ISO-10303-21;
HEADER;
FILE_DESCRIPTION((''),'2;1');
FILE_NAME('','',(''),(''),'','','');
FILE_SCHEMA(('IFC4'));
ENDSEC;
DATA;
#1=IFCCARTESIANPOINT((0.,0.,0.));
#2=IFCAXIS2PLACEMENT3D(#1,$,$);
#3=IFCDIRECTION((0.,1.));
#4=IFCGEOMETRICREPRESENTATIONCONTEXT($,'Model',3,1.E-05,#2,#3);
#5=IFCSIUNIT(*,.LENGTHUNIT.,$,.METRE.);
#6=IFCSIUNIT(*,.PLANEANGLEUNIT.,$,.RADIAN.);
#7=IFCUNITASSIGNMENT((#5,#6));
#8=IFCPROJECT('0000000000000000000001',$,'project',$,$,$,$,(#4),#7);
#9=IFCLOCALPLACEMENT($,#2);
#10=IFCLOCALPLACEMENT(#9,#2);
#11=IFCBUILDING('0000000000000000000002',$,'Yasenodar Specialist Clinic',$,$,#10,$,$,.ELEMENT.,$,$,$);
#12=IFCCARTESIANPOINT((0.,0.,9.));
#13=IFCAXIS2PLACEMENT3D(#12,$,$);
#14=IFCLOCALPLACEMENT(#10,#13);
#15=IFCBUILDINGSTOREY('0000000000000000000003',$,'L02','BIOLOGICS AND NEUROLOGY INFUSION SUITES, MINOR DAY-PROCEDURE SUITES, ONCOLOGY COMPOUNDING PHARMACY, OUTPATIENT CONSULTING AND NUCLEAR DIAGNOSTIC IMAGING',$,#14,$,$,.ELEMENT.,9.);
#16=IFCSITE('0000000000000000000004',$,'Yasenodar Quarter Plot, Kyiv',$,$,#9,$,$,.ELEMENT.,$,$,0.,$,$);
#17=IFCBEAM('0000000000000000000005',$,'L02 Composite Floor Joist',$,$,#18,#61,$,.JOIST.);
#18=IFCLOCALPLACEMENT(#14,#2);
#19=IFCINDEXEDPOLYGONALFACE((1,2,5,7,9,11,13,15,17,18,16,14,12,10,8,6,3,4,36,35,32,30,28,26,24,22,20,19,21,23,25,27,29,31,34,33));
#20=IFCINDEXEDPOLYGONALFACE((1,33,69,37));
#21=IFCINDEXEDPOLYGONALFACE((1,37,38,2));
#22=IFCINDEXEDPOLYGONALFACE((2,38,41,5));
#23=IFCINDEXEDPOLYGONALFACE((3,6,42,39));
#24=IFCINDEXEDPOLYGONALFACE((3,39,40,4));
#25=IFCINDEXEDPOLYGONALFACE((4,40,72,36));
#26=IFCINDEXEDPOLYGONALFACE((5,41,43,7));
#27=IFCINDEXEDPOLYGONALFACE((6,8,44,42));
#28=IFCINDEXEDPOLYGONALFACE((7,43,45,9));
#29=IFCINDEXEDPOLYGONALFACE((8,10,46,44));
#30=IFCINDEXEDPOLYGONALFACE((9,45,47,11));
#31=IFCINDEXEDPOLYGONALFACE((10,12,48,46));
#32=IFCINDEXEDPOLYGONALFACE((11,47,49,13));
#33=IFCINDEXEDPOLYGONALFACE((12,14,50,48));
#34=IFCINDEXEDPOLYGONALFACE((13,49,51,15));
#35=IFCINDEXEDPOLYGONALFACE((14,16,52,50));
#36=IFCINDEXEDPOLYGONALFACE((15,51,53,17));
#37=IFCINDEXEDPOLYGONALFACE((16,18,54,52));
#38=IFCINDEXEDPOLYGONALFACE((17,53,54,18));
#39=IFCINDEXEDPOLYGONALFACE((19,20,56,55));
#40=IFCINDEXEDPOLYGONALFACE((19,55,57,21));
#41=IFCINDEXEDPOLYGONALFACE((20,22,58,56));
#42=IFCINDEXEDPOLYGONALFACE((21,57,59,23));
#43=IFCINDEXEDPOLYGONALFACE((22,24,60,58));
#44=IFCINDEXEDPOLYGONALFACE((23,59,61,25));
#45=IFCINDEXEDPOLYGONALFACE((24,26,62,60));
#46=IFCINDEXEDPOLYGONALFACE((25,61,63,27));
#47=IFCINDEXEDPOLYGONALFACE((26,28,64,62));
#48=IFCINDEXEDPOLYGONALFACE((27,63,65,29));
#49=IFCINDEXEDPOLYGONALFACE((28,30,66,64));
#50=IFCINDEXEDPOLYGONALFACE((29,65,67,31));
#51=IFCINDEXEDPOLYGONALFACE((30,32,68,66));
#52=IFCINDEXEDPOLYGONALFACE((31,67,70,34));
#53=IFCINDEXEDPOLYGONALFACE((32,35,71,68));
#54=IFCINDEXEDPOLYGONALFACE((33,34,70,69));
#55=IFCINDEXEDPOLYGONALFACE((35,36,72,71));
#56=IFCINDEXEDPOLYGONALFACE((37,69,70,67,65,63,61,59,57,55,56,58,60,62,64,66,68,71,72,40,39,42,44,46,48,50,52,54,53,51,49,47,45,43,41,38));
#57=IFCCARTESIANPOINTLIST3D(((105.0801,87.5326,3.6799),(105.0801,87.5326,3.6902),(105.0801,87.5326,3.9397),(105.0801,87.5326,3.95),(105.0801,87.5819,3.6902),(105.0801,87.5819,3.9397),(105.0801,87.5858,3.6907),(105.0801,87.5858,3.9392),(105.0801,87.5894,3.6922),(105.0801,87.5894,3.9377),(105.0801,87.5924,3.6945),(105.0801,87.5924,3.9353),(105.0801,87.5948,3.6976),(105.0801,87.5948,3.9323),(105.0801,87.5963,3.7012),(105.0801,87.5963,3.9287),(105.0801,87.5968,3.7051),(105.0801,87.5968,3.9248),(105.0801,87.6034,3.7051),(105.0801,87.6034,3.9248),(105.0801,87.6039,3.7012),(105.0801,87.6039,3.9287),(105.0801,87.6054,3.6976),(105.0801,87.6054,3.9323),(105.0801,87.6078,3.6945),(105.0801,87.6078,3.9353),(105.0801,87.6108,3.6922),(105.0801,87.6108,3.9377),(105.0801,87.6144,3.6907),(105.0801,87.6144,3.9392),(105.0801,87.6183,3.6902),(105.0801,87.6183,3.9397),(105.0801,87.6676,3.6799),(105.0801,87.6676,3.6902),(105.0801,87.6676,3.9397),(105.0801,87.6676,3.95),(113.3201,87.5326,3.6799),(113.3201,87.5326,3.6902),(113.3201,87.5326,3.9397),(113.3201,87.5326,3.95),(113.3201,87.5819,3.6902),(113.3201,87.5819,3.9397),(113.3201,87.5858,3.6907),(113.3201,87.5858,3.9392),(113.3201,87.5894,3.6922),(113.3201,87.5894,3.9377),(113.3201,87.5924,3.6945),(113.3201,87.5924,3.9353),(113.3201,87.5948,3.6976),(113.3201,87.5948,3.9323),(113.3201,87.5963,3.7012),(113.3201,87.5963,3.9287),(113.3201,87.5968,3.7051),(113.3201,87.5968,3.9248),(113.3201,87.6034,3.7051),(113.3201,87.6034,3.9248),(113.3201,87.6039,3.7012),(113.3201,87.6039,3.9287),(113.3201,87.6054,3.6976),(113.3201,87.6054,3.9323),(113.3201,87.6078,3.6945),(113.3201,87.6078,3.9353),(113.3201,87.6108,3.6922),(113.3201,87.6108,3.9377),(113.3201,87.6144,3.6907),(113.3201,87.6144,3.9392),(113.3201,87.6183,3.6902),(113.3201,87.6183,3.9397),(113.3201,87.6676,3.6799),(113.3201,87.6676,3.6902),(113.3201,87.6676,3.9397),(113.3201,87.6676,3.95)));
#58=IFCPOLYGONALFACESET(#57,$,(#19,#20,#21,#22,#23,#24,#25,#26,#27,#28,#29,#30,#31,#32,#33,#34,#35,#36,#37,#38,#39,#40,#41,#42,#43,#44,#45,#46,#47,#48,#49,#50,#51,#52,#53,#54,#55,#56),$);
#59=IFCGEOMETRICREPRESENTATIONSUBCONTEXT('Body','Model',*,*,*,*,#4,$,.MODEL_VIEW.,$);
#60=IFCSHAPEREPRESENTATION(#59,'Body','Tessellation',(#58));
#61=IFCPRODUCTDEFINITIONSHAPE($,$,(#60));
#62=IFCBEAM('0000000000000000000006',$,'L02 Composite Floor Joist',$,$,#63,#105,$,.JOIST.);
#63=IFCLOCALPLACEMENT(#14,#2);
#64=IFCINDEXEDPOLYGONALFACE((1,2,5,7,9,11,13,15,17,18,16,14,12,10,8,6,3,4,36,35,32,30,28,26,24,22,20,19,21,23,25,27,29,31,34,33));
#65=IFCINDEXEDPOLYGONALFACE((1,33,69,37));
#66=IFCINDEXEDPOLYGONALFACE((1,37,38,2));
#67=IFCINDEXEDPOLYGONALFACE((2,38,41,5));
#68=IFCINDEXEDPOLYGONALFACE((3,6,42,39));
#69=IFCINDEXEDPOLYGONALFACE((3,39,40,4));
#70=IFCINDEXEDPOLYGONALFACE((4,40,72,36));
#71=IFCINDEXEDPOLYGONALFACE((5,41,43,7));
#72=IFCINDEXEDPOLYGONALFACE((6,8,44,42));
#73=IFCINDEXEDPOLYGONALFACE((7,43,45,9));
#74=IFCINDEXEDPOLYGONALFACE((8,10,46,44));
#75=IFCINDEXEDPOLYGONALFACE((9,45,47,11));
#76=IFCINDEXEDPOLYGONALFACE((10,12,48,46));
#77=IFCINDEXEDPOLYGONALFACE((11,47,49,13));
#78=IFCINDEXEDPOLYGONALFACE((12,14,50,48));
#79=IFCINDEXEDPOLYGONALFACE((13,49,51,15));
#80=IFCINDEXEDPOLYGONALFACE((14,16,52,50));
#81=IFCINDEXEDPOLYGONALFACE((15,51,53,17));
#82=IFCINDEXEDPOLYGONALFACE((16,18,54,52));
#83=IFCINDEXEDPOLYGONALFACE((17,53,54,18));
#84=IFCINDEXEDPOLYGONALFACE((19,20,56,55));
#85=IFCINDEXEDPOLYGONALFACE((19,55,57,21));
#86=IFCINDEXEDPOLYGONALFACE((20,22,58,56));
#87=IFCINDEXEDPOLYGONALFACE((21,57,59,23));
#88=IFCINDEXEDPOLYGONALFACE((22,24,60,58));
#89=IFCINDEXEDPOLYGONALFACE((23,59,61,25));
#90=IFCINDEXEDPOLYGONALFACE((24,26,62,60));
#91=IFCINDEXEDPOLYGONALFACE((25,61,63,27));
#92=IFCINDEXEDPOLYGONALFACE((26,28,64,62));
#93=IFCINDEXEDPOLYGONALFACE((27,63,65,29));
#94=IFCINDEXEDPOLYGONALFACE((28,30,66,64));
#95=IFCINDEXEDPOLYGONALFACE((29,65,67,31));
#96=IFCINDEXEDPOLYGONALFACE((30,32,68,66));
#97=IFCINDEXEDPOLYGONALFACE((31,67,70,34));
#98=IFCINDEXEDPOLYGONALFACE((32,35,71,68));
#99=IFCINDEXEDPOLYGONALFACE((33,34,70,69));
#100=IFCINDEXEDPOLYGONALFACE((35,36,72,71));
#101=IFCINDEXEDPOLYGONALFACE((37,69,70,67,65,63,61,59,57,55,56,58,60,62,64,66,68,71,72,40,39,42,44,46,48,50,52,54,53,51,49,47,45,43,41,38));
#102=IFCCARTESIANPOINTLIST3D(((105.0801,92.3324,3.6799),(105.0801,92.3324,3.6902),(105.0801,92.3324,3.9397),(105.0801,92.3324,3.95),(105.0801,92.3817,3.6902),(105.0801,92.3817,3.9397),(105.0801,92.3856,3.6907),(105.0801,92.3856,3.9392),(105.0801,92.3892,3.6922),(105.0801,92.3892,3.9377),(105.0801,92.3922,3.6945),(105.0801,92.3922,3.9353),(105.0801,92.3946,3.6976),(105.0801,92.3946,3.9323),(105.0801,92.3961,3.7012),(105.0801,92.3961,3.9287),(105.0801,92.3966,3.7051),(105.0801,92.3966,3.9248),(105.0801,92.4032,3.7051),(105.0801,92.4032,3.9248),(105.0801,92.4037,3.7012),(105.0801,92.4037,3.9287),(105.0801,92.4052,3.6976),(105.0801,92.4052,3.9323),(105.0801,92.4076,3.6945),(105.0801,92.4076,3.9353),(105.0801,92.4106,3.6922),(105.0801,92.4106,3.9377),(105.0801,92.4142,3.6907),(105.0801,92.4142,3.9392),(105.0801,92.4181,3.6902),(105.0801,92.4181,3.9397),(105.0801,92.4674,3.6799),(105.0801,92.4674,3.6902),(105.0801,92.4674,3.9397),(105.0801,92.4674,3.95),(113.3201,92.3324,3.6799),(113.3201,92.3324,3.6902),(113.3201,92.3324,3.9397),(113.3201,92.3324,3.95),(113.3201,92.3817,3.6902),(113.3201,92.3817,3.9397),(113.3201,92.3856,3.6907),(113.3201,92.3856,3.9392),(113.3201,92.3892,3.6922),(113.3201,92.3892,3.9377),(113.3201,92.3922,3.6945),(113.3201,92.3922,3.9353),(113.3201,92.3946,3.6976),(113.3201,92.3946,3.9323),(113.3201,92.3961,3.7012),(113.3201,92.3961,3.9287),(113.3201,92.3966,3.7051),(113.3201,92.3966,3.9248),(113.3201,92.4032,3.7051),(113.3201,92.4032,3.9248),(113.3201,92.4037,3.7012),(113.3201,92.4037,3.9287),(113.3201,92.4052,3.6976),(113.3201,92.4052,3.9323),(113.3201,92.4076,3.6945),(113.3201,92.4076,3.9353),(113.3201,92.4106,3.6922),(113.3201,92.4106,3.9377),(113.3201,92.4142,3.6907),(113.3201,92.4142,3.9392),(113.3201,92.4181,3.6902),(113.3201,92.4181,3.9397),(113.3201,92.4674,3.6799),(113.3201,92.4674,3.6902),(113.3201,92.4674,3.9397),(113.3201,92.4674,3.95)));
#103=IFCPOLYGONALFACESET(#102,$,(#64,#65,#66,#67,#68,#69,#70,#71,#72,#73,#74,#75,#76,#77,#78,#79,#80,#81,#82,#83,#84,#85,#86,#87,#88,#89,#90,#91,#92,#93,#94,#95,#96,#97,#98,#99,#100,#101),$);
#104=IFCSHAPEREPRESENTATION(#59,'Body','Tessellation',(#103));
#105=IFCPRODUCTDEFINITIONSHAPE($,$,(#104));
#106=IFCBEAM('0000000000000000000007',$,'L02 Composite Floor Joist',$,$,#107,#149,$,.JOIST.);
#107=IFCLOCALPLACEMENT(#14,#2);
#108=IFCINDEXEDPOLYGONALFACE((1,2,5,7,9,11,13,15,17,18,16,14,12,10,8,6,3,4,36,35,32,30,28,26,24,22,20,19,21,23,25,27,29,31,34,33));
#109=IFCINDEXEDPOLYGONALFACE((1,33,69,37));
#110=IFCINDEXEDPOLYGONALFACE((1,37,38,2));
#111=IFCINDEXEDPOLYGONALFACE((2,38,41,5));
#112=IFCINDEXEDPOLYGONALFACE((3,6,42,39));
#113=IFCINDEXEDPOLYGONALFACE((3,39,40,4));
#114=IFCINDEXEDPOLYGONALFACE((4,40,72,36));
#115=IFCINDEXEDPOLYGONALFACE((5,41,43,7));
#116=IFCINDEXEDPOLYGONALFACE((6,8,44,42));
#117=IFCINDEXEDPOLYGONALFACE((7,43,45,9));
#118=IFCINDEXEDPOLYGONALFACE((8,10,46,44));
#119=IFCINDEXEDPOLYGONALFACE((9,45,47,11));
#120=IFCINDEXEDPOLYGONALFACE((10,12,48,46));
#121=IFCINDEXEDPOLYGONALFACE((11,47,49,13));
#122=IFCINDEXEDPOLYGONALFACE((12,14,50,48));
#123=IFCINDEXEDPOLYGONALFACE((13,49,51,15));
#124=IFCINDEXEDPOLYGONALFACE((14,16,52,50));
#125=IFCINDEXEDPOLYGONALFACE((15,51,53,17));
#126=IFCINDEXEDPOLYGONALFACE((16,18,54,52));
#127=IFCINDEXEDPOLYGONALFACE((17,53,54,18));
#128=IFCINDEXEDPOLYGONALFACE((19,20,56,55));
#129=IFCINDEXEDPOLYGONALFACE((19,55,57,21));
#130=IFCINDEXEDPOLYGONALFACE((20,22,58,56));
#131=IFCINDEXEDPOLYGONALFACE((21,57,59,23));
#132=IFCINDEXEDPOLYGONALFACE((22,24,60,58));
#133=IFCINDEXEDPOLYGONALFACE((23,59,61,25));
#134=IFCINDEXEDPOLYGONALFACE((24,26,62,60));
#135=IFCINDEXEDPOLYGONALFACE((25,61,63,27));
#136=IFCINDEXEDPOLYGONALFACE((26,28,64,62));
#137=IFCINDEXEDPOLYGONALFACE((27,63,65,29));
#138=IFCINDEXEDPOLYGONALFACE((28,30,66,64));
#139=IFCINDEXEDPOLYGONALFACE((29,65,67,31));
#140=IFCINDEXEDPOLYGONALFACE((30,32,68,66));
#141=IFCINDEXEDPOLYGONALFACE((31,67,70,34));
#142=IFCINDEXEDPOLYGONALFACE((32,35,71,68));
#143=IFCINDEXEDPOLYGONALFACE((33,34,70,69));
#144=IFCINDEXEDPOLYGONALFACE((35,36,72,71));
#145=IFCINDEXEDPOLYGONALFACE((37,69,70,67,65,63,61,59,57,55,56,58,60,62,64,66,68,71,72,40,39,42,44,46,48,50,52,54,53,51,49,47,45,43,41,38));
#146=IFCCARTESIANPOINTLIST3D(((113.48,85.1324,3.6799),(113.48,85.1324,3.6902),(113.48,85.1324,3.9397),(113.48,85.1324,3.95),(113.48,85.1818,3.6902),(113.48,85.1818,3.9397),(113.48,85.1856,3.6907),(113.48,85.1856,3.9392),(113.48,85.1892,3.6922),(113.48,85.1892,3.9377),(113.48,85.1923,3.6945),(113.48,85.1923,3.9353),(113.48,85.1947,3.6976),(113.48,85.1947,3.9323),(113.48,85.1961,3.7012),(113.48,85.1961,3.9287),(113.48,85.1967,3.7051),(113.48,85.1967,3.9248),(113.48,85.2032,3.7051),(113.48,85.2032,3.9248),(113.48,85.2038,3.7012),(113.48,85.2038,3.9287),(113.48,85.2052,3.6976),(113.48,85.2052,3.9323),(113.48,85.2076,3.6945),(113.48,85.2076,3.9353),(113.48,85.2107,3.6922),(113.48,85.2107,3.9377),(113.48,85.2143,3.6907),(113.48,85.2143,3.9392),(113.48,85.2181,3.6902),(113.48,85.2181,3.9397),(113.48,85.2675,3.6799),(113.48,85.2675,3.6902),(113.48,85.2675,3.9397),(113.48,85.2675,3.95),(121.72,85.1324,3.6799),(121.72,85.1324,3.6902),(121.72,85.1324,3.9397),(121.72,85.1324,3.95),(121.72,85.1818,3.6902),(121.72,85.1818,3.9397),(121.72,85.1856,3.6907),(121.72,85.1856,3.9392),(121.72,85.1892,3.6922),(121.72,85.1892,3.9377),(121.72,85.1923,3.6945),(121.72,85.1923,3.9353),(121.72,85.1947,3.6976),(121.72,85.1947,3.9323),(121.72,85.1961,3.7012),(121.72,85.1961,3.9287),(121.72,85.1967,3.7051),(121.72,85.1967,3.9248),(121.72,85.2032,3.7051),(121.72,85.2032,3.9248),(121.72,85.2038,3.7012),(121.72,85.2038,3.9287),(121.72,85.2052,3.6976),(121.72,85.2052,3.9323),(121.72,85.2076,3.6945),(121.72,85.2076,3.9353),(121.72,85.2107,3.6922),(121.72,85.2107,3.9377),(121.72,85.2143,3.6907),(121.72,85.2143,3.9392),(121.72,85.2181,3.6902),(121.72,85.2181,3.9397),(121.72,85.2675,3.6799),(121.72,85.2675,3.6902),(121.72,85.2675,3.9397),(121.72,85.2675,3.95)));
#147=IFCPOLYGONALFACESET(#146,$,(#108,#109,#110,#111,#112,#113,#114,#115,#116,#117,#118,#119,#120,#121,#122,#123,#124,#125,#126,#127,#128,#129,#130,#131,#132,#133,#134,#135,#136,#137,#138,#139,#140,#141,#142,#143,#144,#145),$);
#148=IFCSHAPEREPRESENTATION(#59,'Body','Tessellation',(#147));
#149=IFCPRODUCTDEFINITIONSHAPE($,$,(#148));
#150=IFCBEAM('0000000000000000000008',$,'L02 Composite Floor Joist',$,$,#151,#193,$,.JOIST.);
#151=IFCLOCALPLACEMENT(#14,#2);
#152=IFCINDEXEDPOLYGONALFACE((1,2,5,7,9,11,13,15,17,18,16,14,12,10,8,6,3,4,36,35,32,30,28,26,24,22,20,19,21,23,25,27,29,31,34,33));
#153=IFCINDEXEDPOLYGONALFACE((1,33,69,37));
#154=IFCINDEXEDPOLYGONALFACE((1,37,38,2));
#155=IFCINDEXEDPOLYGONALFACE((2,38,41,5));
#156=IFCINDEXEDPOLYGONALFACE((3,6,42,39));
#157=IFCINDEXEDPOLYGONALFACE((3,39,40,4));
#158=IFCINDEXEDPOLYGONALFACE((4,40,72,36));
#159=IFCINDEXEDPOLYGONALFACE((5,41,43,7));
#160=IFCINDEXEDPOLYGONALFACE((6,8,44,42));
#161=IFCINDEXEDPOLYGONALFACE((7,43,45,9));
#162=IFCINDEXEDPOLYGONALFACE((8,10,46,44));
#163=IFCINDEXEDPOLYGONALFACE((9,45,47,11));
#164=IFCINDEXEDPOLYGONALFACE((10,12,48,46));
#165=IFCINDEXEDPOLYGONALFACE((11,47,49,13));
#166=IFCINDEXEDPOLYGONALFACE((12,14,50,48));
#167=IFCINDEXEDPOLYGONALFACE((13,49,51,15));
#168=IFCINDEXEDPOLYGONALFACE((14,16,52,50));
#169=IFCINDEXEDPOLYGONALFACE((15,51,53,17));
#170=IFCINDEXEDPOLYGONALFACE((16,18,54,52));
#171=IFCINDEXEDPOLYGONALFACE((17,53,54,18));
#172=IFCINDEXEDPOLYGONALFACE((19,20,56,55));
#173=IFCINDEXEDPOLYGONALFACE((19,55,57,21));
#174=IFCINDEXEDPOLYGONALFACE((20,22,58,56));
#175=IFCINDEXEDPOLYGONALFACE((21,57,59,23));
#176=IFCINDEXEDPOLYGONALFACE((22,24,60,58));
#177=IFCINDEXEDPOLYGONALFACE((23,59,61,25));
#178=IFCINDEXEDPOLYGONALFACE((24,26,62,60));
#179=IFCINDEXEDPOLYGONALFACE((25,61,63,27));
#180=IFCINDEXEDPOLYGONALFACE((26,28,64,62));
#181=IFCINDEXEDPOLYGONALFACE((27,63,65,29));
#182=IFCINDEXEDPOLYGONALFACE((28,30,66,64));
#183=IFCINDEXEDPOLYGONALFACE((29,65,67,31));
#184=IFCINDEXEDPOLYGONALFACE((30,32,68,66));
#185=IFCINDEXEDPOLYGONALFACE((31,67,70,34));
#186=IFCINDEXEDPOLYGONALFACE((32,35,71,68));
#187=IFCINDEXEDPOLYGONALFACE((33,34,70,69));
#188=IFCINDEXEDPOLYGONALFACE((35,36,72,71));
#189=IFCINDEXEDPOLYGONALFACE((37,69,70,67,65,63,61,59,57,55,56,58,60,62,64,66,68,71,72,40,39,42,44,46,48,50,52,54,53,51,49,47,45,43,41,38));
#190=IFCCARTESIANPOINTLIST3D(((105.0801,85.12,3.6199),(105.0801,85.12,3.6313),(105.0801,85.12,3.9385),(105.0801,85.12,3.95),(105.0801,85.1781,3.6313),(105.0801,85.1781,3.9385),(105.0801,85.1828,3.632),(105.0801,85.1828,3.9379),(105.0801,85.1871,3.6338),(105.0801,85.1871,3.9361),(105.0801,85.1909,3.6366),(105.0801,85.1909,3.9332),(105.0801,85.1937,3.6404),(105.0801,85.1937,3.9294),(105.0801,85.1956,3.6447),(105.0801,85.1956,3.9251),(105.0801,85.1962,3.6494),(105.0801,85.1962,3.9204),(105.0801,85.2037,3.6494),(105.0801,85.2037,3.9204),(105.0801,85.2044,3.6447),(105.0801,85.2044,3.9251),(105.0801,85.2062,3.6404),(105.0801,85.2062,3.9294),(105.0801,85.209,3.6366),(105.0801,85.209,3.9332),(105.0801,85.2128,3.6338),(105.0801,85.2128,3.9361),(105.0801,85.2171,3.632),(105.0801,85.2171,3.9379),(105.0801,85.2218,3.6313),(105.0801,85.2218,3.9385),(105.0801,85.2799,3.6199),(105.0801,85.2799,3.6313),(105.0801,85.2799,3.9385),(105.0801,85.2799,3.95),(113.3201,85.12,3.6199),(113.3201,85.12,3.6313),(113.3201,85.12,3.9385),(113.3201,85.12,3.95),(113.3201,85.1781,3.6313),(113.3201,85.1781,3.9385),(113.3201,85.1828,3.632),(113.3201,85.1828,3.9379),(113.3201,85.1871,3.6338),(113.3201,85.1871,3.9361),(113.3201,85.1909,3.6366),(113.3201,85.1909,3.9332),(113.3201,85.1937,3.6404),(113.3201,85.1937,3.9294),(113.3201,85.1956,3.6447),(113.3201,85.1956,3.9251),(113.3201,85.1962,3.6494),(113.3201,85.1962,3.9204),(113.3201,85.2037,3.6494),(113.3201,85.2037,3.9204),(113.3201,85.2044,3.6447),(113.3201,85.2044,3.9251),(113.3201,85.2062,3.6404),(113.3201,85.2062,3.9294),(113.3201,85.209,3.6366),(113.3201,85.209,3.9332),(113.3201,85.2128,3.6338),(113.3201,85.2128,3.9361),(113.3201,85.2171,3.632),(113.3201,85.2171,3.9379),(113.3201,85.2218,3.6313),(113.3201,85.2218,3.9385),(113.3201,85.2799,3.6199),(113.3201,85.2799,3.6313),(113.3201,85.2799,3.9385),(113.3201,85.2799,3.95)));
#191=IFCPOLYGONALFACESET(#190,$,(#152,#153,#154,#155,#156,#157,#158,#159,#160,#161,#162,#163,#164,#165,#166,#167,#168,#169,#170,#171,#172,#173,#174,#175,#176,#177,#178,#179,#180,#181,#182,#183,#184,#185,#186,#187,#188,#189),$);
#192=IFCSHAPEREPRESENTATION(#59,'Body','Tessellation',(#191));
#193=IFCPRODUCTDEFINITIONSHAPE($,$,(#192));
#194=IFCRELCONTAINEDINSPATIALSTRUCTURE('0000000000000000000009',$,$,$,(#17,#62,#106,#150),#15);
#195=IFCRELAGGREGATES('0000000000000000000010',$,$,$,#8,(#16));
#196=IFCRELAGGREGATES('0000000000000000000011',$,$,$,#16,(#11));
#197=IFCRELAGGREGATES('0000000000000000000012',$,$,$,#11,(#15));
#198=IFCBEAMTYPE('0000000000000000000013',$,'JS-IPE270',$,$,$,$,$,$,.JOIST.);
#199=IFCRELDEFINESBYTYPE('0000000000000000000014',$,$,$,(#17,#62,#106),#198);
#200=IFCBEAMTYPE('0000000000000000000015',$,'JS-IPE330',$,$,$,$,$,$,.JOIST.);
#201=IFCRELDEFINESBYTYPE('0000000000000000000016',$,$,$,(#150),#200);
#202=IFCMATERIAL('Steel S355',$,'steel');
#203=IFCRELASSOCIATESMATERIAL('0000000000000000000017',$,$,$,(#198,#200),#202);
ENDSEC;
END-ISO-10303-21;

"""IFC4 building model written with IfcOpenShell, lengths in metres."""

from ifc_helpers import new_model, si_unit, direction, frame, origin, origin_2d, place, context, subcontext, project, spatial, i_section, extrude, material, material_profile, profile_set, type_object, element, save


model = new_model("IFC4")

# Units and contexts
model_context = context("Model", 3, precision=1e-05, world=origin(), true_north=direction((0.0, 1.0)))
body_context = subcontext(model_context, "Body", "Model", "MODEL_VIEW")
ifc_project = project(units=[si_unit("LENGTHUNIT", "METRE"), si_unit("PLANEANGLEUNIT", "RADIAN")], contexts=[model_context])

# Site, building, storey
site_placement = place(None, origin())
site = spatial("IfcSite", under=ifc_project, at=site_placement, Name="Yasenodar Quarter Plot, Kyiv", CompositionType="ELEMENT", RefElevation=0.0)
building_placement = place(site_placement, origin())
building = spatial("IfcBuilding", under=site, at=building_placement, Name="Yasenodar Specialist Clinic", CompositionType="ELEMENT")
storey_placement = place(building_placement, frame((0.0, 0.0, 9.0)))
storey = spatial("IfcBuildingStorey", under=building, at=storey_placement, Name="L02", Description="BIOLOGICS AND NEUROLOGY INFUSION SUITES, MINOR DAY-PROCEDURE SUITES, ONCOLOGY COMPOUNDING PHARMACY, OUTPATIENT CONSULTING AND NUCLEAR DIAGNOSTIC IMAGING", CompositionType="ELEMENT", Elevation=9.0)

# Shared definitions
ifc_material_1 = material(Name="Steel S355", Category="steel")

# Beams
ifc_material_profile_1 = material_profile(ifc_material_1, i_section(OverallWidth=0.135, OverallDepth=0.27, WebThickness=0.0066, FlangeThickness=0.0103, FilletRadius=0.0149, at=origin_2d()), Name="IPE 270")
ifc_profile_set_1 = profile_set([ifc_material_profile_1], Name="Steel S355")
beam_type_1 = type_object("IfcBeamType", Name="JS-IPE270", PredefinedType="JOIST", material=ifc_profile_set_1)
for number, where, z_axis, x_axis, name in (
    (1, (105.0801, 87.6001, 3.8149), (1.0, 0.0, 0.0), (0.0, 1.0, 0.0), "L02 Composite Floor Joist"),
    (2, (105.0801, 92.3999, 3.8149), (1.0, 0.0, 0.0), (0.0, 1.0, 0.0), "L02 Composite Floor Joist"),
    (3, (113.48, 85.2, 3.8149), (1.0, 0.0, 0.0), (0.0, 1.0, 0.0), "L02 Composite Floor Joist"),
):
    element("IfcBeam", number, at=place(storey_placement, frame(where, z_axis=z_axis, x_axis=x_axis)), inside=storey, type_object=beam_type_1, Name=name, PredefinedType="JOIST", context=body_context, shape_type="SweptSolid", body=[
        extrude(i_section(OverallWidth=0.135, OverallDepth=0.27, WebThickness=0.0066, FlangeThickness=0.0103, FilletRadius=0.0149, at=origin_2d()), origin(), (0.0, 0.0, 1.0), 8.24),
    ])
ifc_material_profile_2 = material_profile(ifc_material_1, i_section(OverallWidth=0.1599, OverallDepth=0.3301, WebThickness=0.0076, FlangeThickness=0.0115, FilletRadius=0.0181, at=origin_2d()), Name="IPE 330")
ifc_profile_set_2 = profile_set([ifc_material_profile_2], Name="Steel S355")
beam_type_2 = type_object("IfcBeamType", Name="JS-IPE330", PredefinedType="JOIST", material=ifc_profile_set_2)
for number, where, z_axis, x_axis, name in (
    (4, (105.0801, 85.2, 3.7849), (1.0, 0.0, 0.0), (0.0, 1.0, 0.0), "L02 Composite Floor Joist"),
):
    element("IfcBeam", number, at=place(storey_placement, frame(where, z_axis=z_axis, x_axis=x_axis)), inside=storey, type_object=beam_type_2, Name=name, PredefinedType="JOIST", context=body_context, shape_type="SweptSolid", body=[
        extrude(i_section(OverallWidth=0.1599, OverallDepth=0.3301, WebThickness=0.0076, FlangeThickness=0.0115, FilletRadius=0.0181, at=origin_2d()), origin(), (0.0, 0.0, 1.0), 8.24),
    ])

save(model, "model.ifc")
